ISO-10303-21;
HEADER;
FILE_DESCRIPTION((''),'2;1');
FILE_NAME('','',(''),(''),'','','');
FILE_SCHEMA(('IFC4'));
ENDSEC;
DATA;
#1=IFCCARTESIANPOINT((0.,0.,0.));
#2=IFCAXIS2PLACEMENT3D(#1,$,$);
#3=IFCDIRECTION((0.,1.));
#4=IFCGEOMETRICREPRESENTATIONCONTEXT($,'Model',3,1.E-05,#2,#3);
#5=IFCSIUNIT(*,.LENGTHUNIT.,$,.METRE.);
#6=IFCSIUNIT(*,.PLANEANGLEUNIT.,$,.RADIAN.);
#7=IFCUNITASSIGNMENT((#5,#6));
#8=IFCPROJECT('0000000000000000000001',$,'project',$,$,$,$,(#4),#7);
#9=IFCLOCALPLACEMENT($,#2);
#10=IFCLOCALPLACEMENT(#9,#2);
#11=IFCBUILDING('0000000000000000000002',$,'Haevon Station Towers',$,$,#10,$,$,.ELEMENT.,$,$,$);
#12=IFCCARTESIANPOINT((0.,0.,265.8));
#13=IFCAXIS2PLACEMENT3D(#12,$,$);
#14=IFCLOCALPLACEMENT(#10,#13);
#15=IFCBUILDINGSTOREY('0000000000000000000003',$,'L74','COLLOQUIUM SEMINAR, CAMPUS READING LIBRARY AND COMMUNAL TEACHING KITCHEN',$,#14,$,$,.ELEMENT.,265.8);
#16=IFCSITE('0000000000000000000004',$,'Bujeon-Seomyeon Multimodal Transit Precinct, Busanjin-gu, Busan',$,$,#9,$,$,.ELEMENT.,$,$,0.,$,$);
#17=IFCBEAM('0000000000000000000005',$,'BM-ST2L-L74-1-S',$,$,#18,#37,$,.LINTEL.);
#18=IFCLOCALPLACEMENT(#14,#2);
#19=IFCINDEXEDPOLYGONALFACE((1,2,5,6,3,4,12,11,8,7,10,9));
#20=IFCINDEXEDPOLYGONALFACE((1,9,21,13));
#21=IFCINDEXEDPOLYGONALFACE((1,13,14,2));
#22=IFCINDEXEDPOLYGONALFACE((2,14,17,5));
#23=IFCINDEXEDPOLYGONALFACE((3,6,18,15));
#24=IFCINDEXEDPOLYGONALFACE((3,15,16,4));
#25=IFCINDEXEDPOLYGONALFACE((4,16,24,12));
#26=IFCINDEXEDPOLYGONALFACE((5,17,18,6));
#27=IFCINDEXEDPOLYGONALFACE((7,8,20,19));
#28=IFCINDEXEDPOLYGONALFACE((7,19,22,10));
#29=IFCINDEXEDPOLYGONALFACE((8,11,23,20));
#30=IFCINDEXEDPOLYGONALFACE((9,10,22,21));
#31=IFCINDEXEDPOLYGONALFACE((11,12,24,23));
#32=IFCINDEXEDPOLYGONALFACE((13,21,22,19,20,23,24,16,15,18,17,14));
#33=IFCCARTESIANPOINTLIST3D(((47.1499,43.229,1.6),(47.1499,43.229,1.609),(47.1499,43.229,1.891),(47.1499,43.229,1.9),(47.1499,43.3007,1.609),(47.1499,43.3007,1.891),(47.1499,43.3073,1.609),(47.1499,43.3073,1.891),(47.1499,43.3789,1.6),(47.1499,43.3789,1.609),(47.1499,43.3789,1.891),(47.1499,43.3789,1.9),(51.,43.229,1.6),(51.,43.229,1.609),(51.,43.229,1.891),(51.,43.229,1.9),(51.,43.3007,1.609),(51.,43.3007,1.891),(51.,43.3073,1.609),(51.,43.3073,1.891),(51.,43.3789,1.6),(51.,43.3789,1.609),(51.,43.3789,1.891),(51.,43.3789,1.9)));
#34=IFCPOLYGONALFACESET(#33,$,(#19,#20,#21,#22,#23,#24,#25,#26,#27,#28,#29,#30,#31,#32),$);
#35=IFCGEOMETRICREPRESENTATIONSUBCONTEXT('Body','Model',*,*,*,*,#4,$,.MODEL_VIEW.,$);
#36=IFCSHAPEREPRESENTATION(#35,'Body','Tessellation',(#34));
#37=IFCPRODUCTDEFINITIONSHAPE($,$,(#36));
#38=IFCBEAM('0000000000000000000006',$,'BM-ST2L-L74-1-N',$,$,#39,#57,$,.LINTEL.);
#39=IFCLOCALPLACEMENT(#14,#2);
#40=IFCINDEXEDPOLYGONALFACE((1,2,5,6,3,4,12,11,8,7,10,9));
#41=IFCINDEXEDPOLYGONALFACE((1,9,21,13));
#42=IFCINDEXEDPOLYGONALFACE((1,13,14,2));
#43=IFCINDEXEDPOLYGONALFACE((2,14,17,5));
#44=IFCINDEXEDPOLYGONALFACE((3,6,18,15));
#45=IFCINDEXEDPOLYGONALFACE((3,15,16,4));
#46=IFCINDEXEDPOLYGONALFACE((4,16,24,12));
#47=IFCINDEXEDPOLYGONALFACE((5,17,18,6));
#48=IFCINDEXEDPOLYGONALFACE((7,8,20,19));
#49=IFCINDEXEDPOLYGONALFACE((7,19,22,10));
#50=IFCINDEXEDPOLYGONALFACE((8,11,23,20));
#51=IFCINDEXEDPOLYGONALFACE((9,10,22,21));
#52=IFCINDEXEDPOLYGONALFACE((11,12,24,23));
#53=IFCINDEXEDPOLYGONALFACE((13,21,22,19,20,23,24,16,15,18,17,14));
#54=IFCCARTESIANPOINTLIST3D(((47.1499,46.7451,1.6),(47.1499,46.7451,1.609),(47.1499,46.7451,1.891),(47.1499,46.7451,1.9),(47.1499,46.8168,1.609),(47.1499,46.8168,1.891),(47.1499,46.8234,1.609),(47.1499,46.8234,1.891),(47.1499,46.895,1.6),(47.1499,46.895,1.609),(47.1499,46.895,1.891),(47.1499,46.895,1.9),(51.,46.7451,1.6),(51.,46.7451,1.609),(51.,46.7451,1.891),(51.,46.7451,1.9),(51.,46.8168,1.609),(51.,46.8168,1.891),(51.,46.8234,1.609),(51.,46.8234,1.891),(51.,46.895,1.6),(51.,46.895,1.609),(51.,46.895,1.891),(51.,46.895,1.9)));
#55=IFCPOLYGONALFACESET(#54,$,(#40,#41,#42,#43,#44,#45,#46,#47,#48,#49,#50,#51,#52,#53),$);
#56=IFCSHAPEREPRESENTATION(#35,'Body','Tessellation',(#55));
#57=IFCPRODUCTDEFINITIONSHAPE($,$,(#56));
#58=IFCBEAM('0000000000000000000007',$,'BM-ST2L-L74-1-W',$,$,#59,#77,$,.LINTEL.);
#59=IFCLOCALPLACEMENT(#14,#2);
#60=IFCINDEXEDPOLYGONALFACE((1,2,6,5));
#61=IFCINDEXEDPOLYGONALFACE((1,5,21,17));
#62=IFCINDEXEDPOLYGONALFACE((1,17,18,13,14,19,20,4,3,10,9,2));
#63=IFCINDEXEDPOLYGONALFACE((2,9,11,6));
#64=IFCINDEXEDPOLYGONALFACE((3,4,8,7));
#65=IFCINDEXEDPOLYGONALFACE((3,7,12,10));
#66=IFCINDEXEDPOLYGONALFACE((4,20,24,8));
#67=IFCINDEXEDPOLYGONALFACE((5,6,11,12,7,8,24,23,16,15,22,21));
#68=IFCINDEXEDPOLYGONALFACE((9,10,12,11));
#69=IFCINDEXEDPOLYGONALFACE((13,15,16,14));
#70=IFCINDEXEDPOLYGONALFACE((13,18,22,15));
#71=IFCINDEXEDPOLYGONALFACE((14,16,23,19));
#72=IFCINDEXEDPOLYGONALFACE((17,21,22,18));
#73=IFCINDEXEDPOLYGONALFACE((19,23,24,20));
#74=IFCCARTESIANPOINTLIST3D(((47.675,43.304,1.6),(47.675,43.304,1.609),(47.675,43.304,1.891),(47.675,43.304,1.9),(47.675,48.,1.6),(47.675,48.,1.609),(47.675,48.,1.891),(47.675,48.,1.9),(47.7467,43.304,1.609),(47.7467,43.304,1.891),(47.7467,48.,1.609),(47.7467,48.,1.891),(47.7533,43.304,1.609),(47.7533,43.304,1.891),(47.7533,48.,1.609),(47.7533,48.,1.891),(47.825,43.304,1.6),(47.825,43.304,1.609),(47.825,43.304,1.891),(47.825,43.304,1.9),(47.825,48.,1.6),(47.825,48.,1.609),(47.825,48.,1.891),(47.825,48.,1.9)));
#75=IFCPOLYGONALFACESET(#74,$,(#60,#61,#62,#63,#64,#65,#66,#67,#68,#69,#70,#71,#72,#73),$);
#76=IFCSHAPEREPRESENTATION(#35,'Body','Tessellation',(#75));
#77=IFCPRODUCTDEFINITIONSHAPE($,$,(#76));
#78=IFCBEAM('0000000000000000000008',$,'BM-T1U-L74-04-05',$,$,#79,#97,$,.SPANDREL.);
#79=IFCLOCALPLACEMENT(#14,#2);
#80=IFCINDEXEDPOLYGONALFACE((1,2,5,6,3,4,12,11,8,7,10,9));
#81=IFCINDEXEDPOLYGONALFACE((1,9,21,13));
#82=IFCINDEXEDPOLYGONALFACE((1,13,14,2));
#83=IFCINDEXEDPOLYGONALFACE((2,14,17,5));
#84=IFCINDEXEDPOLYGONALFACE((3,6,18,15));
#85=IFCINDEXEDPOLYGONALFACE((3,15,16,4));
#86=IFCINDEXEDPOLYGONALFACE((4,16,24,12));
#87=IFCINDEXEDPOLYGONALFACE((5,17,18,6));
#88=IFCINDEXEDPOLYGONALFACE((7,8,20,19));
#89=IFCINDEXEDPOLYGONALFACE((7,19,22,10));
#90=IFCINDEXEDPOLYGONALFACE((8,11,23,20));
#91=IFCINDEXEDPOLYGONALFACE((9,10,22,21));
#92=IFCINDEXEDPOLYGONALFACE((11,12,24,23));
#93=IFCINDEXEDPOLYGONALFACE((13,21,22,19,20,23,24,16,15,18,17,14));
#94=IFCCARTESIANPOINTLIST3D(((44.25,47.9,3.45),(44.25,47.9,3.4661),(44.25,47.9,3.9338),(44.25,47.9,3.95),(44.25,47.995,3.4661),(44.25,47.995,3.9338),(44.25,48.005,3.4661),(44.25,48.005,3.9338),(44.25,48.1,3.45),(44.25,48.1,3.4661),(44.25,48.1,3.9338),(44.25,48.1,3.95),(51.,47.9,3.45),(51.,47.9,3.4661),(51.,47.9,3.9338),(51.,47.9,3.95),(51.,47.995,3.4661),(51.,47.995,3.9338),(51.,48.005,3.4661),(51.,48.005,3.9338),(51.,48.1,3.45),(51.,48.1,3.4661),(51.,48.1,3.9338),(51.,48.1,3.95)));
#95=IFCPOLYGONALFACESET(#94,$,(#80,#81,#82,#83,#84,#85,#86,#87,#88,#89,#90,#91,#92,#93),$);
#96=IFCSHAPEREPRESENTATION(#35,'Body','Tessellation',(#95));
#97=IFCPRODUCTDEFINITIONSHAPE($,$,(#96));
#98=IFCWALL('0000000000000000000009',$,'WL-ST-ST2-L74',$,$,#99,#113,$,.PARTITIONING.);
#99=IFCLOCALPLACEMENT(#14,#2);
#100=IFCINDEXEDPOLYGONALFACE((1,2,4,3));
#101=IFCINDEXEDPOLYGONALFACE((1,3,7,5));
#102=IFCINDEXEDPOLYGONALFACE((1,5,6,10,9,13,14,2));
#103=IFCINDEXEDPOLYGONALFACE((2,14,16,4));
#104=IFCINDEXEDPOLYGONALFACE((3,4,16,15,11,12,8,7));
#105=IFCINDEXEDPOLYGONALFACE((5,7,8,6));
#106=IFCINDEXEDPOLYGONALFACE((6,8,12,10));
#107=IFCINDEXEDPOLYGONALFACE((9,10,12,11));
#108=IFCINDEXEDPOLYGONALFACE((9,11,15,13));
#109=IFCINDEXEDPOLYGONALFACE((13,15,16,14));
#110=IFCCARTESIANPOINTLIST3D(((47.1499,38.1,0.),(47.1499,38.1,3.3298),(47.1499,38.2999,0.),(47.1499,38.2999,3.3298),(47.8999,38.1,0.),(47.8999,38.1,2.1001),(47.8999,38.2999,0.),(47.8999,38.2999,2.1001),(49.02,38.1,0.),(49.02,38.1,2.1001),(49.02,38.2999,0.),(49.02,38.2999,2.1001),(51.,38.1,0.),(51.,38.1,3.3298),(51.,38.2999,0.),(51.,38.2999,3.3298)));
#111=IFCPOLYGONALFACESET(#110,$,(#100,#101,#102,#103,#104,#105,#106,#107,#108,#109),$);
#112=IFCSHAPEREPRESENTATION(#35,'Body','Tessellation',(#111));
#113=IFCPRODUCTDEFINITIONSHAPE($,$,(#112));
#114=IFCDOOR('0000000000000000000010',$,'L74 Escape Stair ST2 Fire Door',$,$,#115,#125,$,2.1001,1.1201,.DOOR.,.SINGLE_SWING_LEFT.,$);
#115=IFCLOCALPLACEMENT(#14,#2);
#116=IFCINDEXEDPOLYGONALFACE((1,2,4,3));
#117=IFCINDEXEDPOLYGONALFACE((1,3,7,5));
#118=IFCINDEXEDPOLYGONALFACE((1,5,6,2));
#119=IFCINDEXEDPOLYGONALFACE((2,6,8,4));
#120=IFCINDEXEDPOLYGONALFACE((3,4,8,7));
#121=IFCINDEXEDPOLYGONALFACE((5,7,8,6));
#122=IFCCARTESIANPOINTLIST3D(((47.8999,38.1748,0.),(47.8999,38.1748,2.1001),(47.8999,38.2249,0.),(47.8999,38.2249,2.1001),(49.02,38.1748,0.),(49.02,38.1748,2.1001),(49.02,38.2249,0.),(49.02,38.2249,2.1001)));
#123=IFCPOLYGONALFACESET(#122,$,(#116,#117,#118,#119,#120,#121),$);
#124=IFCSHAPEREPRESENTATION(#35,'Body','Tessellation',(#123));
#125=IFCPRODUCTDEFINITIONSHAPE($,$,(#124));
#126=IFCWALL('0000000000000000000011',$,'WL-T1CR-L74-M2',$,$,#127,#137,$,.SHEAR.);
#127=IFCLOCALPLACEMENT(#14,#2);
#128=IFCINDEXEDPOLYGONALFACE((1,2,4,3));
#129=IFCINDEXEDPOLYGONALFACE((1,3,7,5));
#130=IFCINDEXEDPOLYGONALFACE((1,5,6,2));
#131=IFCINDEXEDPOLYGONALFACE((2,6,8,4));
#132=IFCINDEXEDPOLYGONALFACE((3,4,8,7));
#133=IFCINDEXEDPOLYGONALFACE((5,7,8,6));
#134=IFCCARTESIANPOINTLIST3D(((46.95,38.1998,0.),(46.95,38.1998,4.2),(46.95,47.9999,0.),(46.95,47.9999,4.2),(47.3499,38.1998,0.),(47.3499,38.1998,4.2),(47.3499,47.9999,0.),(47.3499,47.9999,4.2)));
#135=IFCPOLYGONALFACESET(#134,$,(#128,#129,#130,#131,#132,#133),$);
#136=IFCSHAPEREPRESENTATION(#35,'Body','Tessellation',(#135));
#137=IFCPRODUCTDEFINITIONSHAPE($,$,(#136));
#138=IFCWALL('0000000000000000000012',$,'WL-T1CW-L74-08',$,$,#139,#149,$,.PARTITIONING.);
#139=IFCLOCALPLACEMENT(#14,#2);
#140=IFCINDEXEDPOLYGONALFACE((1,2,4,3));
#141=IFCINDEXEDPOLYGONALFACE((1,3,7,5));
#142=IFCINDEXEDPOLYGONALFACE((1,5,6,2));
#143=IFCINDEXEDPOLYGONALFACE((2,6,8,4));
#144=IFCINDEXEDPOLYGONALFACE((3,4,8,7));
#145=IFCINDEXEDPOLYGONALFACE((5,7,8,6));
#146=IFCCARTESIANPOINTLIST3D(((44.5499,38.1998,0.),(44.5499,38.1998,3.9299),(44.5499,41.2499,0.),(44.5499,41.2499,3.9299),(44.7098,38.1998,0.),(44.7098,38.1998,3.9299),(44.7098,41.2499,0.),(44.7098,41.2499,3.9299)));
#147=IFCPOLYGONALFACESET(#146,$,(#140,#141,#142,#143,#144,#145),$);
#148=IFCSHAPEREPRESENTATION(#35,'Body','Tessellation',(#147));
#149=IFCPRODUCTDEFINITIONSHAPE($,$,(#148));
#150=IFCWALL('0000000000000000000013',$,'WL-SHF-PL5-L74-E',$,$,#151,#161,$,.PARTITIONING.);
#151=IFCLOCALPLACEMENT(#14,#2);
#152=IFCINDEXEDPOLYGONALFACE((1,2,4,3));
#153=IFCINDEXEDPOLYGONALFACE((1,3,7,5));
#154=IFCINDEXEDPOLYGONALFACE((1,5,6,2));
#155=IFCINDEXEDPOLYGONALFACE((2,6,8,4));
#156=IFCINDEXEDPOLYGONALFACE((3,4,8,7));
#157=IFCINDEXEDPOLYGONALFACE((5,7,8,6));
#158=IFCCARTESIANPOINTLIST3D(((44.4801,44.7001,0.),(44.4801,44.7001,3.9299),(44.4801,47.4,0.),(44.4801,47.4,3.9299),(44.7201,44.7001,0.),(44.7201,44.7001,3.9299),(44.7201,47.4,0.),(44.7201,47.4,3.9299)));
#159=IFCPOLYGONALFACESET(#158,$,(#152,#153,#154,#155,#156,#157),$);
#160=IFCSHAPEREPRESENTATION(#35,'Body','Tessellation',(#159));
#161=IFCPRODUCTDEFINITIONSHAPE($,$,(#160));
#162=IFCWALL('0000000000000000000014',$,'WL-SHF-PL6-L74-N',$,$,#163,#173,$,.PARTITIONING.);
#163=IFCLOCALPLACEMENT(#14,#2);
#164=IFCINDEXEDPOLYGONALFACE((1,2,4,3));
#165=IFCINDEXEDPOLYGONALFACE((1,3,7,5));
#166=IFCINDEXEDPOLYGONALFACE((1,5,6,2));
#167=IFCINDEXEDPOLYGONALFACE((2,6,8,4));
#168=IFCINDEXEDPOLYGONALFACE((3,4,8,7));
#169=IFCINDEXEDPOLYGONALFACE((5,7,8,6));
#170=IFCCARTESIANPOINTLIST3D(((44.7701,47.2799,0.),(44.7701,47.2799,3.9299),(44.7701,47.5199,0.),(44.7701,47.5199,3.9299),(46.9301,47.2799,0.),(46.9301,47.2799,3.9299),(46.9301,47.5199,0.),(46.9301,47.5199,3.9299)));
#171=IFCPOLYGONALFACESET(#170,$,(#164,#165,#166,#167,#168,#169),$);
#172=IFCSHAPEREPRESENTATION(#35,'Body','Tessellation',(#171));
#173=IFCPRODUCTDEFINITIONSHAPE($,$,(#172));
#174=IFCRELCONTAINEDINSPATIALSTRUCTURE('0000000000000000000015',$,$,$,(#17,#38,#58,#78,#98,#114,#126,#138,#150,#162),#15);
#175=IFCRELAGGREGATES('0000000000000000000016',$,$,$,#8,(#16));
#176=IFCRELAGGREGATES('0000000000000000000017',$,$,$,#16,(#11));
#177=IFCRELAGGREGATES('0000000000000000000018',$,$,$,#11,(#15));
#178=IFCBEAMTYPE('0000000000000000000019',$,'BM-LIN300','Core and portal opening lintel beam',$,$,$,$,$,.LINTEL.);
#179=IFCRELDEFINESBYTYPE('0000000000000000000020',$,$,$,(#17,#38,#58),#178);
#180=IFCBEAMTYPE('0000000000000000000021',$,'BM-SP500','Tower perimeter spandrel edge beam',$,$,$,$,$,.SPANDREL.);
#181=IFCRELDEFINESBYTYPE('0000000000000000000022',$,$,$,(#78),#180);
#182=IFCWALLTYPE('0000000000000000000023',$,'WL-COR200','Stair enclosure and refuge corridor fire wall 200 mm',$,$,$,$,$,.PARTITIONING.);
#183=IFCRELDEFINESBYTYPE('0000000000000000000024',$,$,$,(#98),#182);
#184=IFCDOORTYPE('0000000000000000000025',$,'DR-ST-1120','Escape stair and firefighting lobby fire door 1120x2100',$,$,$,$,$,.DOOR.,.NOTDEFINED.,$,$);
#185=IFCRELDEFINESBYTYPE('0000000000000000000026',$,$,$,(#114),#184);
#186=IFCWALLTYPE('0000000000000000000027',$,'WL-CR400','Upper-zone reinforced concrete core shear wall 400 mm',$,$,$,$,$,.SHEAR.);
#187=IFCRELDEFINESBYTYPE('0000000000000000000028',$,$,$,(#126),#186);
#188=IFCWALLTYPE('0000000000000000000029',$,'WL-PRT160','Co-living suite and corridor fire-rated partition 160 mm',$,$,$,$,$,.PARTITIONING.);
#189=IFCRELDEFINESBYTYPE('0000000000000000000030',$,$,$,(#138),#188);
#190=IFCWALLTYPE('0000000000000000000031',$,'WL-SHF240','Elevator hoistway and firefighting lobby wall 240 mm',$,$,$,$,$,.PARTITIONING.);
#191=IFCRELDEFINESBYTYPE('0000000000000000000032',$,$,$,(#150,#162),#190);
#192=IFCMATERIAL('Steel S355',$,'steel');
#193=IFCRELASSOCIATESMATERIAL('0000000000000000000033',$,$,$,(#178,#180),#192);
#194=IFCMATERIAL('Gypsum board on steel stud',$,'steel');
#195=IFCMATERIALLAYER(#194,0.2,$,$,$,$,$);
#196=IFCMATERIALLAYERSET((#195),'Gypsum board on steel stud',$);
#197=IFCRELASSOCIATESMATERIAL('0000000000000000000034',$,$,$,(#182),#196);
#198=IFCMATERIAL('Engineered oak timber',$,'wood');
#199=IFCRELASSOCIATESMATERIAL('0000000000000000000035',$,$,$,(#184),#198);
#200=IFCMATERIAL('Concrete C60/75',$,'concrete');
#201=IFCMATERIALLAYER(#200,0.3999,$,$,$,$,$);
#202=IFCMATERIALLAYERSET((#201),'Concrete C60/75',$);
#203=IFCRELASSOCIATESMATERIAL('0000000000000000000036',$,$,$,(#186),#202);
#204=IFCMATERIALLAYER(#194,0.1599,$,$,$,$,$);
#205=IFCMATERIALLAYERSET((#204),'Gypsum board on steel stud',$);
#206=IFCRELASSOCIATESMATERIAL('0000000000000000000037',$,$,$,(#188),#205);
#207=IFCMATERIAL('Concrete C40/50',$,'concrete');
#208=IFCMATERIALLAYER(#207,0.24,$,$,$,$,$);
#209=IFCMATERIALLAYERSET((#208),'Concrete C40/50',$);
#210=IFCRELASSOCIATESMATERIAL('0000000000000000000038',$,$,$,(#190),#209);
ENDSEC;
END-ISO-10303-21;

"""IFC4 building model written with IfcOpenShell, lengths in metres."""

from ifc_helpers import new_model, si_unit, direction, frame, frame_2d, origin, origin_2d, place, context, subcontext, project, spatial, rectangle, i_section, extrude, material, layer, layer_set, material_profile, profile_set, type_object, element, fill, save


model = new_model("IFC4")

# Units and contexts
model_context = context("Model", 3, precision=1e-05, world=origin(), true_north=direction((0.0, 1.0)))
body_context = subcontext(model_context, "Body", "Model", "MODEL_VIEW")
ifc_project = project(units=[si_unit("LENGTHUNIT", "METRE"), si_unit("PLANEANGLEUNIT", "RADIAN")], contexts=[model_context])

# Site, building, storey
site_placement = place(None, origin())
site = spatial("IfcSite", under=ifc_project, at=site_placement, Name="Bujeon-Seomyeon Multimodal Transit Precinct, Busanjin-gu, Busan", CompositionType="ELEMENT", RefElevation=0.0)
building_placement = place(site_placement, origin())
building = spatial("IfcBuilding", under=site, at=building_placement, Name="Haevon Station Towers", CompositionType="ELEMENT")
storey_placement = place(building_placement, frame((0.0, 0.0, 265.8)))
storey = spatial("IfcBuildingStorey", under=building, at=storey_placement, Name="L74", Description="COLLOQUIUM SEMINAR, CAMPUS READING LIBRARY AND COMMUNAL TEACHING KITCHEN", CompositionType="ELEMENT", Elevation=265.8)

# Beams
ifc_material_1 = material(Name="Steel S355", Category="steel")
ifc_material_profile_1 = material_profile(ifc_material_1, i_section(OverallWidth=0.1499, OverallDepth=0.3, WebThickness=0.0066, FlangeThickness=0.009, at=origin_2d()), Name="H-300x150x6.5x9")
ifc_profile_set_1 = profile_set([ifc_material_profile_1], Name="Steel S355")
beam_type_1 = type_object("IfcBeamType", Name="BM-LIN300", Description="Core and portal opening lintel beam", PredefinedType="LINTEL", material=ifc_profile_set_1)
for number, where, z_axis, x_axis, name in (
    (1, (47.1499, 43.304, 1.75), (1.0, 0.0, 0.0), (0.0, 1.0, 0.0), "BM-ST2L-L74-1-S"),
    (2, (47.1499, 46.8201, 1.75), (1.0, 0.0, 0.0), (0.0, 1.0, 0.0), "BM-ST2L-L74-1-N"),
):
    element("IfcBeam", number, at=place(storey_placement, frame(where, z_axis=z_axis, x_axis=x_axis)), inside=storey, type_object=beam_type_1, Name=name, PredefinedType="LINTEL", context=body_context, shape_type="SweptSolid", body=[
        extrude(i_section(OverallWidth=0.1499, OverallDepth=0.3, WebThickness=0.0066, FlangeThickness=0.009, at=origin_2d()), origin(), (0.0, 0.0, 1.0), 3.8501),
    ])
beam_1_placement = place(storey_placement, frame((47.75, 43.304, 1.75), z_axis=(0.0, 1.0, 0.0), x_axis=(-1.0, 0.0, 0.0)))
element("IfcBeam", 3, at=beam_1_placement, inside=storey, type_object=beam_type_1, Name="BM-ST2L-L74-1-W", PredefinedType="LINTEL", context=body_context, shape_type="SweptSolid", body=[
    extrude(i_section(OverallWidth=0.1499, OverallDepth=0.3, WebThickness=0.0066, FlangeThickness=0.009, at=origin_2d()), origin(), (0.0, 0.0, 1.0), 4.696),
])
ifc_material_profile_2 = material_profile(ifc_material_1, i_section(OverallWidth=0.2, OverallDepth=0.5, WebThickness=0.01, FlangeThickness=0.0161, at=origin_2d()), Name="H-500x200x10x16")
ifc_profile_set_2 = profile_set([ifc_material_profile_2], Name="Steel S355")
beam_type_2 = type_object("IfcBeamType", Name="BM-SP500", Description="Tower perimeter spandrel edge beam", PredefinedType="SPANDREL", material=ifc_profile_set_2)
beam_2_placement = place(storey_placement, frame((44.25, 48.0, 3.7), z_axis=(1.0, 0.0, 0.0), x_axis=(0.0, 1.0, 0.0)))
element("IfcBeam", 4, at=beam_2_placement, inside=storey, type_object=beam_type_2, Name="BM-T1U-L74-04-05", PredefinedType="SPANDREL", context=body_context, shape_type="SweptSolid", body=[
    extrude(i_section(OverallWidth=0.2, OverallDepth=0.5, WebThickness=0.01, FlangeThickness=0.0161, at=origin_2d()), origin(), (0.0, 0.0, 1.0), 6.75),
])

# Wall, opening, door
ifc_material_2 = material(Name="Gypsum board on steel stud", Category="steel")
ifc_layer_1 = layer(ifc_material_2, 0.2)
ifc_layer_set_1 = layer_set([ifc_layer_1], Name="Gypsum board on steel stud")
wall_type_1 = type_object("IfcWallType", Name="WL-COR200", Description="Stair enclosure and refuge corridor fire wall 200 mm", PredefinedType="PARTITIONING", material=ifc_layer_set_1)
wall_1_placement = place(storey_placement, frame((47.1499, 38.2, 0.0), z_axis=(0.0, 0.0, 1.0), x_axis=(1.0, 0.0, 0.0)))
wall_1 = element("IfcWall", 5, at=wall_1_placement, inside=storey, type_object=wall_type_1, Name="WL-ST-ST2-L74", PredefinedType="PARTITIONING", context=body_context, shape_type="SweptSolid", body=[
    extrude(rectangle(XDim=3.8501, YDim=0.2, at=frame_2d((1.925, 0.0))), origin(), (0.0, 0.0, 1.0), 3.3298),
])
opening_1_placement = place(wall_1_placement, frame((0.75, 0.0, 0.0)))
opening_1 = element("IfcOpeningElement", 6, at=opening_1_placement, cuts=wall_1, PredefinedType="OPENING", context=body_context, shape_type="SweptSolid", body=[
    extrude(rectangle(XDim=1.1201, YDim=2.1001, at=frame_2d((0.5601, 1.05))), frame((0.0, 0.1099, 0.0), z_axis=(0.0, -1.0, 0.0), x_axis=(1.0, 0.0, 0.0)), (0.0, 0.0, 1.0), 0.22),
])
ifc_material_3 = material(Name="Engineered oak timber", Category="wood")
door_type_1 = type_object("IfcDoorType", Name="DR-ST-1120", Description="Escape stair and firefighting lobby fire door 1120x2100", OperationType="NOTDEFINED", PredefinedType="DOOR", material=ifc_material_3)
door_1_placement = place(opening_1_placement, origin())
door_1 = element("IfcDoor", 7, at=door_1_placement, inside=storey, type_object=door_type_1, Name="L74 Escape Stair ST2 Fire Door", OperationType="SINGLE_SWING_LEFT", OverallHeight=2.1001, OverallWidth=1.1201, PredefinedType="DOOR", context=body_context, shape_type="SweptSolid", body=[
    extrude(rectangle(XDim=1.1201, YDim=2.1001, at=frame_2d((0.5601, 1.05))), frame((0.0, 0.0249, 0.0), z_axis=(0.0, -1.0, 0.0), x_axis=(1.0, 0.0, 0.0)), (0.0, 0.0, 1.0), 0.05),
])
fill(opening_1, door_1)

# Walls
ifc_material_4 = material(Name="Concrete C60/75", Category="concrete")
ifc_layer_2 = layer(ifc_material_4, 0.3999)
ifc_layer_set_2 = layer_set([ifc_layer_2], Name="Concrete C60/75")
wall_type_2 = type_object("IfcWallType", Name="WL-CR400", Description="Upper-zone reinforced concrete core shear wall 400 mm", PredefinedType="SHEAR", material=ifc_layer_set_2)
wall_2_placement = place(storey_placement, frame((47.1499, 38.2, 0.0), z_axis=(0.0, 0.0, 1.0), x_axis=(0.0, 1.0, 0.0)))
element("IfcWall", 8, at=wall_2_placement, inside=storey, type_object=wall_type_2, Name="WL-T1CR-L74-M2", PredefinedType="SHEAR", context=body_context, shape_type="SweptSolid", body=[
    extrude(rectangle(XDim=9.8, YDim=0.3999, at=frame_2d((4.8999, 0.0))), origin(), (0.0, 0.0, 1.0), 4.2),
])
ifc_layer_3 = layer(ifc_material_2, 0.1599)
ifc_layer_set_3 = layer_set([ifc_layer_3], Name="Gypsum board on steel stud")
wall_type_3 = type_object("IfcWallType", Name="WL-PRT160", Description="Co-living suite and corridor fire-rated partition 160 mm", PredefinedType="PARTITIONING", material=ifc_layer_set_3)
wall_3_placement = place(storey_placement, frame((44.6299, 38.2, 0.0), z_axis=(0.0, 0.0, 1.0), x_axis=(0.0, 1.0, 0.0)))
element("IfcWall", 9, at=wall_3_placement, inside=storey, type_object=wall_type_3, Name="WL-T1CW-L74-08", PredefinedType="PARTITIONING", context=body_context, shape_type="SweptSolid", body=[
    extrude(rectangle(XDim=3.05, YDim=0.1599, at=frame_2d((1.5249, 0.0))), origin(), (0.0, 0.0, 1.0), 3.9299),
])
ifc_material_5 = material(Name="Concrete C40/50", Category="concrete")
ifc_layer_4 = layer(ifc_material_5, 0.24)
ifc_layer_set_4 = layer_set([ifc_layer_4], Name="Concrete C40/50")
wall_type_4 = type_object("IfcWallType", Name="WL-SHF240", Description="Elevator hoistway and firefighting lobby wall 240 mm", PredefinedType="PARTITIONING", material=ifc_layer_set_4)
wall_4_placement = place(storey_placement, frame((44.6001, 44.7, 0.0), z_axis=(0.0, 0.0, 1.0), x_axis=(0.0, 1.0, 0.0)))
element("IfcWall", 10, at=wall_4_placement, inside=storey, type_object=wall_type_4, Name="WL-SHF-PL5-L74-E", PredefinedType="PARTITIONING", context=body_context, shape_type="SweptSolid", body=[
    extrude(rectangle(XDim=2.7, YDim=0.24, at=frame_2d((1.3501, 0.0))), origin(), (0.0, 0.0, 1.0), 3.9299),
])

# Wall
wall_5_placement = place(storey_placement, frame((44.77, 47.3999, 0.0), z_axis=(0.0, 0.0, 1.0), x_axis=(1.0, 0.0, 0.0)))
element("IfcWall", 11, at=wall_5_placement, inside=storey, type_object=wall_type_4, Name="WL-SHF-PL6-L74-N", PredefinedType="PARTITIONING", context=body_context, shape_type="SweptSolid", body=[
    extrude(rectangle(XDim=2.1599, YDim=0.24, at=frame_2d((1.0801, 0.0))), origin(), (0.0, 0.0, 1.0), 3.9299),
])

save(model, "model.ifc")
